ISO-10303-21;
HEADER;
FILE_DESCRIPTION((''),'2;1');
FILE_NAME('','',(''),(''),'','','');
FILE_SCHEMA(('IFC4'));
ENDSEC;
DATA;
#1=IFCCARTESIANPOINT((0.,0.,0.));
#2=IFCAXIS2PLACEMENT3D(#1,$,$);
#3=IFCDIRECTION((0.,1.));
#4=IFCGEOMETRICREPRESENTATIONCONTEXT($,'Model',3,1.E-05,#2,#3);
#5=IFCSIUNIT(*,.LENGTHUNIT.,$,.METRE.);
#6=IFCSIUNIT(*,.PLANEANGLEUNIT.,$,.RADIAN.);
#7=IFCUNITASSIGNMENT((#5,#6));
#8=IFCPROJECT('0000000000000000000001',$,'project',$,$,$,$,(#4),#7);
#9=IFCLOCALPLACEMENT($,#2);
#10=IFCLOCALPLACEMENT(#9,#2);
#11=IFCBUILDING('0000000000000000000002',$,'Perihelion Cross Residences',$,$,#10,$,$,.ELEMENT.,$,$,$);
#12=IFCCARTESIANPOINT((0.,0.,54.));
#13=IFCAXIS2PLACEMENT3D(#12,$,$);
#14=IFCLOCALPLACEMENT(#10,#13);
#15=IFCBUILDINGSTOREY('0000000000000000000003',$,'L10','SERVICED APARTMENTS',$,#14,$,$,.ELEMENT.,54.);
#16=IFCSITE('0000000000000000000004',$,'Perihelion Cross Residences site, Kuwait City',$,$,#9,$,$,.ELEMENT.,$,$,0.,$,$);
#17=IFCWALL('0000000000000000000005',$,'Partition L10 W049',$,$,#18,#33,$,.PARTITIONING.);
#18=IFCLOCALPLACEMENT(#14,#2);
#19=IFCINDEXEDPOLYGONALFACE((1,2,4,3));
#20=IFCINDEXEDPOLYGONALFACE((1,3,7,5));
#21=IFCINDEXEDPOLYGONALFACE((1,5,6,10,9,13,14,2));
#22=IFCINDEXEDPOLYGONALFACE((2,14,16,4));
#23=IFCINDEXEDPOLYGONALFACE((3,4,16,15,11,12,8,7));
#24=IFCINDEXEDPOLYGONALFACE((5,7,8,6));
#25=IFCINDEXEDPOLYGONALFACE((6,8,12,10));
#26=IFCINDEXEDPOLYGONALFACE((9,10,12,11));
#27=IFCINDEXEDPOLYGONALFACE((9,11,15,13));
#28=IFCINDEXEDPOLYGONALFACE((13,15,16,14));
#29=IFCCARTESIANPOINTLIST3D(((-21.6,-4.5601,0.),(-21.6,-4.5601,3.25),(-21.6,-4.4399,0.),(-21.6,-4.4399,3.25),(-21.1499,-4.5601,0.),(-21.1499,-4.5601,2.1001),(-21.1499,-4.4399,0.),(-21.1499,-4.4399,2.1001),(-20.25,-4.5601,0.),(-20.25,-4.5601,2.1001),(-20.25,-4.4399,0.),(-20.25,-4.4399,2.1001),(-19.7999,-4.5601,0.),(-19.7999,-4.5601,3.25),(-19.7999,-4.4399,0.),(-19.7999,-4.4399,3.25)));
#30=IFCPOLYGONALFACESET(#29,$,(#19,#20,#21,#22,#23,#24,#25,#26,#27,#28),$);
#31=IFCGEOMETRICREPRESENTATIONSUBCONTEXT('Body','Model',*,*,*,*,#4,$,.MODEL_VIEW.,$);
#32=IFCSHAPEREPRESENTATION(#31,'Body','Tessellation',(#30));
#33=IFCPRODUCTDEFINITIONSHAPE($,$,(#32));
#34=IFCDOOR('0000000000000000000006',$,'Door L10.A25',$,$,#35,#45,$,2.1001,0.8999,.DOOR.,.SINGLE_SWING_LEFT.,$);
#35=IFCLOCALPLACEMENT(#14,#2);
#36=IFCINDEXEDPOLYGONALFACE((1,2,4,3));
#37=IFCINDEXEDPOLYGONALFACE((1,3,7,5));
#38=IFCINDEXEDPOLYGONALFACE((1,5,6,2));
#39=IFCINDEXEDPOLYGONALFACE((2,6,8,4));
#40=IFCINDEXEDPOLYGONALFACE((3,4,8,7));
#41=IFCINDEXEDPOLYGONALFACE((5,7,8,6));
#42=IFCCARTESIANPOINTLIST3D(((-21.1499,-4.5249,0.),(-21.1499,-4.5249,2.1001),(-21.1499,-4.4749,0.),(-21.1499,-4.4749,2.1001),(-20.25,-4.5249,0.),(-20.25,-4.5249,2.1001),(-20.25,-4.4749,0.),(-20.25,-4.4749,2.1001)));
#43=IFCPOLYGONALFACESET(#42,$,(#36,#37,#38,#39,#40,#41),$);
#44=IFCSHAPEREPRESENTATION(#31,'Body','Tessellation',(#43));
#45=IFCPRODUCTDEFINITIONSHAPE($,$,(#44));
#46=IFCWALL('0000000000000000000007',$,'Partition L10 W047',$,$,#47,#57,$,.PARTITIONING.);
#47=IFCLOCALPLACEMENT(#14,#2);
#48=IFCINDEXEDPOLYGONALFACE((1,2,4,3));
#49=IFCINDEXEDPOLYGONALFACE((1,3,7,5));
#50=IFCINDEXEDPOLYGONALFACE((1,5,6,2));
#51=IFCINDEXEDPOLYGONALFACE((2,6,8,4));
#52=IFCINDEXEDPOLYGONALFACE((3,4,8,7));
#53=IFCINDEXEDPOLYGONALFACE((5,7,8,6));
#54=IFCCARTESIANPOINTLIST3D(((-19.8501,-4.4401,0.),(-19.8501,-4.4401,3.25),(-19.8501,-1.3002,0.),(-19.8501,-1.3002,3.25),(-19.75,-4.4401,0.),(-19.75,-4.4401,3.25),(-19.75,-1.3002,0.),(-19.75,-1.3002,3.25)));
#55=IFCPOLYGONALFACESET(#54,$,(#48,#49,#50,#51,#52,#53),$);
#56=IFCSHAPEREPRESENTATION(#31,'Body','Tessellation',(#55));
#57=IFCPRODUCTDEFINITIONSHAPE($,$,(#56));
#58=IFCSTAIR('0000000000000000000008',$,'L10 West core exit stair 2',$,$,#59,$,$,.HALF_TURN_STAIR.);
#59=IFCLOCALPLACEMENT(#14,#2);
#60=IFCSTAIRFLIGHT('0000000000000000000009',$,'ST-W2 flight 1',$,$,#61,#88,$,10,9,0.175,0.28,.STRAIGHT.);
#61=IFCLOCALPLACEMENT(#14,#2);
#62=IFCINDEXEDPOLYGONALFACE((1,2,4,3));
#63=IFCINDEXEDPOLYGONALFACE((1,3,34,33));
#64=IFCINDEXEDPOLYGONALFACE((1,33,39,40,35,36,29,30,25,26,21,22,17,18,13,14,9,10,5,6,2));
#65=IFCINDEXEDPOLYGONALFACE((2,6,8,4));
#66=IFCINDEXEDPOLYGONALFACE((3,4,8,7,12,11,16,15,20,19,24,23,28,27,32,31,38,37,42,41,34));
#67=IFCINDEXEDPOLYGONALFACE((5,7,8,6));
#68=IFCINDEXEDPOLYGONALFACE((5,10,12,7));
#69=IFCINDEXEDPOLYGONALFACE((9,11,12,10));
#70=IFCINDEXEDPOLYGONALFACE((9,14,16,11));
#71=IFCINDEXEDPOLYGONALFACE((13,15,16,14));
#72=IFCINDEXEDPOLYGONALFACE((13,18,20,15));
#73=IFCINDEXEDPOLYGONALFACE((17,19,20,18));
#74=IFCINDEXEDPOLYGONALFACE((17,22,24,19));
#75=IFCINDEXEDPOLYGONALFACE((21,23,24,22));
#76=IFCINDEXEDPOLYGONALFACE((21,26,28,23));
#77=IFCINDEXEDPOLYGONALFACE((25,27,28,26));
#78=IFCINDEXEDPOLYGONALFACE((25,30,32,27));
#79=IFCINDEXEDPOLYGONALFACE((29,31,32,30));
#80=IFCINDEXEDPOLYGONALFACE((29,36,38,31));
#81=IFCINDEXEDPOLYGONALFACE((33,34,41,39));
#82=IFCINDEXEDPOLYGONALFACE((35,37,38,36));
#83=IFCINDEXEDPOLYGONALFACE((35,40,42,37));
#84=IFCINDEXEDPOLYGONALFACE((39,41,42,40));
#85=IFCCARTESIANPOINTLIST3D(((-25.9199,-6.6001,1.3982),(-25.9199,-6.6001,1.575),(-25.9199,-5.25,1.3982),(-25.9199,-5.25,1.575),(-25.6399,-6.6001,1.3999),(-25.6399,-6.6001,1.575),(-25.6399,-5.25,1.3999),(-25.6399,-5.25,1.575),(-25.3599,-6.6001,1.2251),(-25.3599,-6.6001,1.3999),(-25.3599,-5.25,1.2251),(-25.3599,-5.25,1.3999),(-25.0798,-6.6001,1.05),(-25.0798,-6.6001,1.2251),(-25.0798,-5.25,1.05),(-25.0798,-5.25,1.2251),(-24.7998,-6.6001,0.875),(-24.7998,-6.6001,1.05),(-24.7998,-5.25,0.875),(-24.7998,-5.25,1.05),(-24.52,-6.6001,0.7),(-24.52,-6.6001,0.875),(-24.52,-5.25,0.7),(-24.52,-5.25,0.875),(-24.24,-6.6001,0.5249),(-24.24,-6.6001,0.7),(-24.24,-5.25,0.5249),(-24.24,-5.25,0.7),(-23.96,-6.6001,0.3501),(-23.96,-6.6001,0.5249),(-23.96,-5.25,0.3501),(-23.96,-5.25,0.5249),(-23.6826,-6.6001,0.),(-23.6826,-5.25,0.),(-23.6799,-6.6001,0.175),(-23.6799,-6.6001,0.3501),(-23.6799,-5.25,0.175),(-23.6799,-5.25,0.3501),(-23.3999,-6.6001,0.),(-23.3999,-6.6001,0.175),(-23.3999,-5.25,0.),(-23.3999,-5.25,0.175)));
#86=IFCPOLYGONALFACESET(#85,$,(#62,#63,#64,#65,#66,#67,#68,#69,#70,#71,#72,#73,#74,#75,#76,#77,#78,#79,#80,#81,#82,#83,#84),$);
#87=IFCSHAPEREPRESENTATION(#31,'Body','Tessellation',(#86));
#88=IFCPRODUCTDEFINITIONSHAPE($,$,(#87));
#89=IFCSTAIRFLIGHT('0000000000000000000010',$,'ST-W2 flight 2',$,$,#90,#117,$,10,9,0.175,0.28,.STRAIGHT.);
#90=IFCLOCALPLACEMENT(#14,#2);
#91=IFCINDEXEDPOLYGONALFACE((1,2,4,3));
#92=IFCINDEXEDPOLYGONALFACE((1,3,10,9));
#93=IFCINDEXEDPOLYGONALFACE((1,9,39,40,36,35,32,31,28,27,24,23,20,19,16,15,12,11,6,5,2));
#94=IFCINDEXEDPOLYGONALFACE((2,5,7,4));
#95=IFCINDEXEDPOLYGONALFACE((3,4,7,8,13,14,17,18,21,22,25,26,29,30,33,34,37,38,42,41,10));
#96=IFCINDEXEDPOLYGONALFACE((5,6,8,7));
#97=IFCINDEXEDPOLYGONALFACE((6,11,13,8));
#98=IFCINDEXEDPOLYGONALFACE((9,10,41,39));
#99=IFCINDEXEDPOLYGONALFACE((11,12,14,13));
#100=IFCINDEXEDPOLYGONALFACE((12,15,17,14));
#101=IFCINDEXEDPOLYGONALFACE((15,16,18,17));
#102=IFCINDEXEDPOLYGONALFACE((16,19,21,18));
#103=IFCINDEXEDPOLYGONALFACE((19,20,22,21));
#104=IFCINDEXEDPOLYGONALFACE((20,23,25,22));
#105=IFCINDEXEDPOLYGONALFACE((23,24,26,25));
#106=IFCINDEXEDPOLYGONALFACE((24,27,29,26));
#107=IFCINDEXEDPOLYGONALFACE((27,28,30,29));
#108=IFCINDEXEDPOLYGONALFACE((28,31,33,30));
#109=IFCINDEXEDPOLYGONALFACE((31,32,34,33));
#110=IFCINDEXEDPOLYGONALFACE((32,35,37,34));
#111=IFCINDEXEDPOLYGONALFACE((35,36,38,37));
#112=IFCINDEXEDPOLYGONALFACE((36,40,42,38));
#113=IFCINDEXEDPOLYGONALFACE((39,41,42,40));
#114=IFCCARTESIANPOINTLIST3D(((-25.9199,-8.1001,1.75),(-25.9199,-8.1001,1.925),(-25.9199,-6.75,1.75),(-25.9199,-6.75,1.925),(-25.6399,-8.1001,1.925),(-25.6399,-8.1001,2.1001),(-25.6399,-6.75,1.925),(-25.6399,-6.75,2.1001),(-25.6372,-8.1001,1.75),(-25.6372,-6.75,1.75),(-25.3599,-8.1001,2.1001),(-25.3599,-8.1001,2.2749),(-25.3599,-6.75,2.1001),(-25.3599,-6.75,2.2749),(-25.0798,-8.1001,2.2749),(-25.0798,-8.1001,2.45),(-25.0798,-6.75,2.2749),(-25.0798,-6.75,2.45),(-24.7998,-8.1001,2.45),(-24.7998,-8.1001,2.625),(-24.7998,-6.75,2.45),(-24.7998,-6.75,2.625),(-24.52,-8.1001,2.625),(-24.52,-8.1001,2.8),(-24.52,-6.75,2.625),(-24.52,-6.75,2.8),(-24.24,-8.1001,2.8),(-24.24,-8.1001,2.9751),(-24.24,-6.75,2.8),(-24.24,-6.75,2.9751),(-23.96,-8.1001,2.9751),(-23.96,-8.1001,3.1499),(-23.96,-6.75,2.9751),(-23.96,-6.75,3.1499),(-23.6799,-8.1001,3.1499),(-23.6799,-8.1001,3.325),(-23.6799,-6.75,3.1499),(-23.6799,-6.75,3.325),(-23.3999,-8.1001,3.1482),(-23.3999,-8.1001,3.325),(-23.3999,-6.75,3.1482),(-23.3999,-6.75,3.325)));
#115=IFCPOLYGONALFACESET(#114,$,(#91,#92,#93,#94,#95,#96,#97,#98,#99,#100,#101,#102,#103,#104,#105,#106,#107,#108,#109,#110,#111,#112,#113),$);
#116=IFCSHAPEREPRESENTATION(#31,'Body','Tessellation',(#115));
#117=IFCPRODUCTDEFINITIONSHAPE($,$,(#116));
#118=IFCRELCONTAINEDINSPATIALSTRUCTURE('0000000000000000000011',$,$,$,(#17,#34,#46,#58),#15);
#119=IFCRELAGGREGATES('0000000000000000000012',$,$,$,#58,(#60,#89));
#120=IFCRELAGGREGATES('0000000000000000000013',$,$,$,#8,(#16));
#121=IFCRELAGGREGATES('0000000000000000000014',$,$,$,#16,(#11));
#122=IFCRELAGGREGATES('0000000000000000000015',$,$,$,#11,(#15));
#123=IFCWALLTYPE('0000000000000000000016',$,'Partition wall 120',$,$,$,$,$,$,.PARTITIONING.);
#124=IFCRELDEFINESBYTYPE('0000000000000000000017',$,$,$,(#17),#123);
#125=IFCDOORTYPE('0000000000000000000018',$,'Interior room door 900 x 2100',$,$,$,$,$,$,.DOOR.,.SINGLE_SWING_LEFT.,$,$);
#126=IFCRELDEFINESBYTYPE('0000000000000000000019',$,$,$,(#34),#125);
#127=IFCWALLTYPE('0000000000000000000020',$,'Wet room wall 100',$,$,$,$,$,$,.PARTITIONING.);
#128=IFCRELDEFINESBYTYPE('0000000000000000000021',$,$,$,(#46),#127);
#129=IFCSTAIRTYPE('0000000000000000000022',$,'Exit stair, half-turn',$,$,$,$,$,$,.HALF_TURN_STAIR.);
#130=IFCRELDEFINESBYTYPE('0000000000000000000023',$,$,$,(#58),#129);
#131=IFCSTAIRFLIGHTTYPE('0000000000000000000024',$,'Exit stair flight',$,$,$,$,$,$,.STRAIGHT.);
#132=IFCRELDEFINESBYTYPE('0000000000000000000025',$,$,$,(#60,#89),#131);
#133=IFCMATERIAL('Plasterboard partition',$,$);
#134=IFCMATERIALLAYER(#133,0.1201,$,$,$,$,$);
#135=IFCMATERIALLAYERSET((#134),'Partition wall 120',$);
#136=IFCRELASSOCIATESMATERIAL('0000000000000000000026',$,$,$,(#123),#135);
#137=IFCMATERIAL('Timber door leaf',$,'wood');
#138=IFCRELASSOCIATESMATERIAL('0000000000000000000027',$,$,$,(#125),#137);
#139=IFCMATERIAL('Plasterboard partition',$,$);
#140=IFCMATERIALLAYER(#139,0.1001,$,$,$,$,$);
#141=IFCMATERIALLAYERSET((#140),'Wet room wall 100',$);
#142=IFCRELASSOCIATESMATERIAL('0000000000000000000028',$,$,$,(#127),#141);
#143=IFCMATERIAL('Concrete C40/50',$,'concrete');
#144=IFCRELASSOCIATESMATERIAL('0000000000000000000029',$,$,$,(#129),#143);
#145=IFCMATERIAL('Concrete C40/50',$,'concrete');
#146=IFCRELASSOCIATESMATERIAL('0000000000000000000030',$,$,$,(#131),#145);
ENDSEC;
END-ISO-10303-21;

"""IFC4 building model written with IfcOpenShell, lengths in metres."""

from ifc_helpers import new_model, si_unit, direction, frame, frame_2d, origin, place, context, subcontext, project, spatial, polyline, rectangle, outline, extrude, material, layer, layer_set, type_object, element, fill, aggregate, save


model = new_model("IFC4")

# Units and contexts
model_context = context("Model", 3, precision=1e-05, world=origin(), true_north=direction((0.0, 1.0)))
body_context = subcontext(model_context, "Body", "Model", "MODEL_VIEW")
ifc_project = project(units=[si_unit("LENGTHUNIT", "METRE"), si_unit("PLANEANGLEUNIT", "RADIAN")], contexts=[model_context])

# Site, building, storey
site_placement = place(None, origin())
site = spatial("IfcSite", under=ifc_project, at=site_placement, Name="Perihelion Cross Residences site, Kuwait City", CompositionType="ELEMENT", RefElevation=0.0)
building_placement = place(site_placement, origin())
building = spatial("IfcBuilding", under=site, at=building_placement, Name="Perihelion Cross Residences", CompositionType="ELEMENT")
storey_placement = place(building_placement, frame((0.0, 0.0, 54.0)))
storey = spatial("IfcBuildingStorey", under=building, at=storey_placement, Name="L10", Description="SERVICED APARTMENTS", CompositionType="ELEMENT", Elevation=54.0)

# Wall, opening, door
ifc_material_1 = material(Name="Plasterboard partition")
ifc_layer_1 = layer(ifc_material_1, 0.1201)
ifc_layer_set_1 = layer_set([ifc_layer_1], Name="Partition wall 120")
wall_type_1 = type_object("IfcWallType", Name="Partition wall 120", PredefinedType="PARTITIONING", material=ifc_layer_set_1)
wall_1_placement = place(storey_placement, frame((-19.8, -4.5, 0.0), z_axis=(0.0, 0.0, 1.0), x_axis=(-1.0, 0.0, 0.0)))
wall_1 = element("IfcWall", 1, at=wall_1_placement, inside=storey, type_object=wall_type_1, Name="Partition L10 W049", PredefinedType="PARTITIONING", context=body_context, shape_type="SweptSolid", body=[
    extrude(rectangle(XDim=1.8, YDim=0.1201, at=frame_2d((0.8999, 0.0))), origin(), (0.0, 0.0, 1.0), 3.25),
])
opening_1_placement = place(wall_1_placement, frame((0.45, 0.0, 0.0)))
opening_1 = element("IfcOpeningElement", 2, at=opening_1_placement, cuts=wall_1, PredefinedType="OPENING", context=body_context, shape_type="SweptSolid", body=[
    extrude(rectangle(XDim=0.8999, YDim=2.1001, at=frame_2d((0.45, 1.05))), frame((0.0, 0.0701, 0.0), z_axis=(0.0, -1.0, 0.0), x_axis=(1.0, 0.0, 0.0)), (0.0, 0.0, 1.0), 0.1401),
])
ifc_material_2 = material(Name="Timber door leaf", Category="wood")
door_type_1 = type_object("IfcDoorType", Name="Interior room door 900 x 2100", OperationType="SINGLE_SWING_LEFT", PredefinedType="DOOR", material=ifc_material_2)
door_1_placement = place(opening_1_placement, origin())
door_1 = element("IfcDoor", 3, at=door_1_placement, inside=storey, type_object=door_type_1, Name="Door L10.A25", OperationType="SINGLE_SWING_LEFT", OverallHeight=2.1001, OverallWidth=0.8999, PredefinedType="DOOR", context=body_context, shape_type="SweptSolid", body=[
    extrude(rectangle(XDim=0.8999, YDim=2.1001, at=frame_2d((0.45, 1.05))), frame((0.0, 0.0249, 0.0), z_axis=(0.0, -1.0, 0.0), x_axis=(1.0, 0.0, 0.0)), (0.0, 0.0, 1.0), 0.05),
])
fill(opening_1, door_1)

# Wall
ifc_material_3 = material(Name="Plasterboard partition")
ifc_layer_2 = layer(ifc_material_3, 0.1001)
ifc_layer_set_2 = layer_set([ifc_layer_2], Name="Wet room wall 100")
wall_type_2 = type_object("IfcWallType", Name="Wet room wall 100", PredefinedType="PARTITIONING", material=ifc_layer_set_2)
wall_2_placement = place(storey_placement, frame((-19.8, -4.4399, 0.0), z_axis=(0.0, 0.0, 1.0), x_axis=(0.0, 1.0, 0.0)))
element("IfcWall", 4, at=wall_2_placement, inside=storey, type_object=wall_type_2, Name="Partition L10 W047", PredefinedType="PARTITIONING", context=body_context, shape_type="SweptSolid", body=[
    extrude(rectangle(XDim=3.1399, YDim=0.1001, at=frame_2d((1.5698, 0.0))), origin(), (0.0, 0.0, 1.0), 3.25),
])

# Stair, stair flights
ifc_material_4 = material(Name="Concrete C40/50", Category="concrete")
stair_type = type_object("IfcStairType", Name="Exit stair, half-turn", PredefinedType="HALF_TURN_STAIR", material=ifc_material_4)
stair_placement = place(storey_placement, origin())
stair = element("IfcStair", 5, at=stair_placement, inside=storey, type_object=stair_type, Name="L10 West core exit stair 2", PredefinedType="HALF_TURN_STAIR")
ifc_material_5 = material(Name="Concrete C40/50", Category="concrete")
stair_flight_type = type_object("IfcStairFlightType", Name="Exit stair flight", PredefinedType="STRAIGHT", material=ifc_material_5)
stair_flight_1_placement = place(storey_placement, frame((-23.3999, -5.925, 0.0), z_axis=(0.0, 0.0, 1.0), x_axis=(-1.0, 0.0, 0.0)))
stair_flight_1 = element("IfcStairFlight", 6, at=stair_flight_1_placement, type_object=stair_flight_type, Name="ST-W2 flight 1", NumberOfRisers=10, NumberOfTreads=9, PredefinedType="STRAIGHT", RiserHeight=0.175, TreadLength=0.28, context=body_context, shape_type="SweptSolid", body=[
    extrude(outline(polyline([(0.0, 0.0), (0.0, 0.175), (0.28, 0.175), (0.28, 0.3501), (0.5601, 0.3501), (0.5601, 0.5249), (0.8401, 0.5249), (0.8401, 0.7), (1.1201, 0.7), (1.1201, 0.875), (1.3999, 0.875), (1.3999, 1.05), (1.6799, 1.05), (1.6799, 1.2251), (1.96, 1.2251), (1.96, 1.3999), (2.24, 1.3999), (2.24, 1.575), (2.52, 1.575), (2.52, 1.75), (2.52, 1.3982), (0.2827, 0.0), (0.0, 0.0)])), frame((0.0, 0.675, 0.0), z_axis=(0.0, -1.0, 0.0), x_axis=(1.0, 0.0, 0.0)), (0.0, 0.0, 1.0), 1.3501),
])
stair_flight_2_placement = place(storey_placement, frame((-25.9199, -7.425, 1.75), z_axis=(0.0, 0.0, 1.0), x_axis=(1.0, 0.0, 0.0)))
stair_flight_2 = element("IfcStairFlight", 7, at=stair_flight_2_placement, type_object=stair_flight_type, Name="ST-W2 flight 2", NumberOfRisers=10, NumberOfTreads=9, PredefinedType="STRAIGHT", RiserHeight=0.175, TreadLength=0.28, context=body_context, shape_type="SweptSolid", body=[
    extrude(outline(polyline([(0.0, 0.0), (0.0, 0.175), (0.28, 0.175), (0.28, 0.3501), (0.5601, 0.3501), (0.5601, 0.5249), (0.8401, 0.5249), (0.8401, 0.7), (1.1201, 0.7), (1.1201, 0.875), (1.3999, 0.875), (1.3999, 1.05), (1.6799, 1.05), (1.6799, 1.2251), (1.96, 1.2251), (1.96, 1.3999), (2.24, 1.3999), (2.24, 1.575), (2.52, 1.575), (2.52, 1.75), (2.52, 1.3982), (0.2827, 0.0), (0.0, 0.0)])), frame((0.0, 0.675, 0.0), z_axis=(0.0, -1.0, 0.0), x_axis=(1.0, 0.0, 0.0)), (0.0, 0.0, 1.0), 1.3501),
])
aggregate(stair, [stair_flight_1, stair_flight_2])

save(model, "model.ifc")
